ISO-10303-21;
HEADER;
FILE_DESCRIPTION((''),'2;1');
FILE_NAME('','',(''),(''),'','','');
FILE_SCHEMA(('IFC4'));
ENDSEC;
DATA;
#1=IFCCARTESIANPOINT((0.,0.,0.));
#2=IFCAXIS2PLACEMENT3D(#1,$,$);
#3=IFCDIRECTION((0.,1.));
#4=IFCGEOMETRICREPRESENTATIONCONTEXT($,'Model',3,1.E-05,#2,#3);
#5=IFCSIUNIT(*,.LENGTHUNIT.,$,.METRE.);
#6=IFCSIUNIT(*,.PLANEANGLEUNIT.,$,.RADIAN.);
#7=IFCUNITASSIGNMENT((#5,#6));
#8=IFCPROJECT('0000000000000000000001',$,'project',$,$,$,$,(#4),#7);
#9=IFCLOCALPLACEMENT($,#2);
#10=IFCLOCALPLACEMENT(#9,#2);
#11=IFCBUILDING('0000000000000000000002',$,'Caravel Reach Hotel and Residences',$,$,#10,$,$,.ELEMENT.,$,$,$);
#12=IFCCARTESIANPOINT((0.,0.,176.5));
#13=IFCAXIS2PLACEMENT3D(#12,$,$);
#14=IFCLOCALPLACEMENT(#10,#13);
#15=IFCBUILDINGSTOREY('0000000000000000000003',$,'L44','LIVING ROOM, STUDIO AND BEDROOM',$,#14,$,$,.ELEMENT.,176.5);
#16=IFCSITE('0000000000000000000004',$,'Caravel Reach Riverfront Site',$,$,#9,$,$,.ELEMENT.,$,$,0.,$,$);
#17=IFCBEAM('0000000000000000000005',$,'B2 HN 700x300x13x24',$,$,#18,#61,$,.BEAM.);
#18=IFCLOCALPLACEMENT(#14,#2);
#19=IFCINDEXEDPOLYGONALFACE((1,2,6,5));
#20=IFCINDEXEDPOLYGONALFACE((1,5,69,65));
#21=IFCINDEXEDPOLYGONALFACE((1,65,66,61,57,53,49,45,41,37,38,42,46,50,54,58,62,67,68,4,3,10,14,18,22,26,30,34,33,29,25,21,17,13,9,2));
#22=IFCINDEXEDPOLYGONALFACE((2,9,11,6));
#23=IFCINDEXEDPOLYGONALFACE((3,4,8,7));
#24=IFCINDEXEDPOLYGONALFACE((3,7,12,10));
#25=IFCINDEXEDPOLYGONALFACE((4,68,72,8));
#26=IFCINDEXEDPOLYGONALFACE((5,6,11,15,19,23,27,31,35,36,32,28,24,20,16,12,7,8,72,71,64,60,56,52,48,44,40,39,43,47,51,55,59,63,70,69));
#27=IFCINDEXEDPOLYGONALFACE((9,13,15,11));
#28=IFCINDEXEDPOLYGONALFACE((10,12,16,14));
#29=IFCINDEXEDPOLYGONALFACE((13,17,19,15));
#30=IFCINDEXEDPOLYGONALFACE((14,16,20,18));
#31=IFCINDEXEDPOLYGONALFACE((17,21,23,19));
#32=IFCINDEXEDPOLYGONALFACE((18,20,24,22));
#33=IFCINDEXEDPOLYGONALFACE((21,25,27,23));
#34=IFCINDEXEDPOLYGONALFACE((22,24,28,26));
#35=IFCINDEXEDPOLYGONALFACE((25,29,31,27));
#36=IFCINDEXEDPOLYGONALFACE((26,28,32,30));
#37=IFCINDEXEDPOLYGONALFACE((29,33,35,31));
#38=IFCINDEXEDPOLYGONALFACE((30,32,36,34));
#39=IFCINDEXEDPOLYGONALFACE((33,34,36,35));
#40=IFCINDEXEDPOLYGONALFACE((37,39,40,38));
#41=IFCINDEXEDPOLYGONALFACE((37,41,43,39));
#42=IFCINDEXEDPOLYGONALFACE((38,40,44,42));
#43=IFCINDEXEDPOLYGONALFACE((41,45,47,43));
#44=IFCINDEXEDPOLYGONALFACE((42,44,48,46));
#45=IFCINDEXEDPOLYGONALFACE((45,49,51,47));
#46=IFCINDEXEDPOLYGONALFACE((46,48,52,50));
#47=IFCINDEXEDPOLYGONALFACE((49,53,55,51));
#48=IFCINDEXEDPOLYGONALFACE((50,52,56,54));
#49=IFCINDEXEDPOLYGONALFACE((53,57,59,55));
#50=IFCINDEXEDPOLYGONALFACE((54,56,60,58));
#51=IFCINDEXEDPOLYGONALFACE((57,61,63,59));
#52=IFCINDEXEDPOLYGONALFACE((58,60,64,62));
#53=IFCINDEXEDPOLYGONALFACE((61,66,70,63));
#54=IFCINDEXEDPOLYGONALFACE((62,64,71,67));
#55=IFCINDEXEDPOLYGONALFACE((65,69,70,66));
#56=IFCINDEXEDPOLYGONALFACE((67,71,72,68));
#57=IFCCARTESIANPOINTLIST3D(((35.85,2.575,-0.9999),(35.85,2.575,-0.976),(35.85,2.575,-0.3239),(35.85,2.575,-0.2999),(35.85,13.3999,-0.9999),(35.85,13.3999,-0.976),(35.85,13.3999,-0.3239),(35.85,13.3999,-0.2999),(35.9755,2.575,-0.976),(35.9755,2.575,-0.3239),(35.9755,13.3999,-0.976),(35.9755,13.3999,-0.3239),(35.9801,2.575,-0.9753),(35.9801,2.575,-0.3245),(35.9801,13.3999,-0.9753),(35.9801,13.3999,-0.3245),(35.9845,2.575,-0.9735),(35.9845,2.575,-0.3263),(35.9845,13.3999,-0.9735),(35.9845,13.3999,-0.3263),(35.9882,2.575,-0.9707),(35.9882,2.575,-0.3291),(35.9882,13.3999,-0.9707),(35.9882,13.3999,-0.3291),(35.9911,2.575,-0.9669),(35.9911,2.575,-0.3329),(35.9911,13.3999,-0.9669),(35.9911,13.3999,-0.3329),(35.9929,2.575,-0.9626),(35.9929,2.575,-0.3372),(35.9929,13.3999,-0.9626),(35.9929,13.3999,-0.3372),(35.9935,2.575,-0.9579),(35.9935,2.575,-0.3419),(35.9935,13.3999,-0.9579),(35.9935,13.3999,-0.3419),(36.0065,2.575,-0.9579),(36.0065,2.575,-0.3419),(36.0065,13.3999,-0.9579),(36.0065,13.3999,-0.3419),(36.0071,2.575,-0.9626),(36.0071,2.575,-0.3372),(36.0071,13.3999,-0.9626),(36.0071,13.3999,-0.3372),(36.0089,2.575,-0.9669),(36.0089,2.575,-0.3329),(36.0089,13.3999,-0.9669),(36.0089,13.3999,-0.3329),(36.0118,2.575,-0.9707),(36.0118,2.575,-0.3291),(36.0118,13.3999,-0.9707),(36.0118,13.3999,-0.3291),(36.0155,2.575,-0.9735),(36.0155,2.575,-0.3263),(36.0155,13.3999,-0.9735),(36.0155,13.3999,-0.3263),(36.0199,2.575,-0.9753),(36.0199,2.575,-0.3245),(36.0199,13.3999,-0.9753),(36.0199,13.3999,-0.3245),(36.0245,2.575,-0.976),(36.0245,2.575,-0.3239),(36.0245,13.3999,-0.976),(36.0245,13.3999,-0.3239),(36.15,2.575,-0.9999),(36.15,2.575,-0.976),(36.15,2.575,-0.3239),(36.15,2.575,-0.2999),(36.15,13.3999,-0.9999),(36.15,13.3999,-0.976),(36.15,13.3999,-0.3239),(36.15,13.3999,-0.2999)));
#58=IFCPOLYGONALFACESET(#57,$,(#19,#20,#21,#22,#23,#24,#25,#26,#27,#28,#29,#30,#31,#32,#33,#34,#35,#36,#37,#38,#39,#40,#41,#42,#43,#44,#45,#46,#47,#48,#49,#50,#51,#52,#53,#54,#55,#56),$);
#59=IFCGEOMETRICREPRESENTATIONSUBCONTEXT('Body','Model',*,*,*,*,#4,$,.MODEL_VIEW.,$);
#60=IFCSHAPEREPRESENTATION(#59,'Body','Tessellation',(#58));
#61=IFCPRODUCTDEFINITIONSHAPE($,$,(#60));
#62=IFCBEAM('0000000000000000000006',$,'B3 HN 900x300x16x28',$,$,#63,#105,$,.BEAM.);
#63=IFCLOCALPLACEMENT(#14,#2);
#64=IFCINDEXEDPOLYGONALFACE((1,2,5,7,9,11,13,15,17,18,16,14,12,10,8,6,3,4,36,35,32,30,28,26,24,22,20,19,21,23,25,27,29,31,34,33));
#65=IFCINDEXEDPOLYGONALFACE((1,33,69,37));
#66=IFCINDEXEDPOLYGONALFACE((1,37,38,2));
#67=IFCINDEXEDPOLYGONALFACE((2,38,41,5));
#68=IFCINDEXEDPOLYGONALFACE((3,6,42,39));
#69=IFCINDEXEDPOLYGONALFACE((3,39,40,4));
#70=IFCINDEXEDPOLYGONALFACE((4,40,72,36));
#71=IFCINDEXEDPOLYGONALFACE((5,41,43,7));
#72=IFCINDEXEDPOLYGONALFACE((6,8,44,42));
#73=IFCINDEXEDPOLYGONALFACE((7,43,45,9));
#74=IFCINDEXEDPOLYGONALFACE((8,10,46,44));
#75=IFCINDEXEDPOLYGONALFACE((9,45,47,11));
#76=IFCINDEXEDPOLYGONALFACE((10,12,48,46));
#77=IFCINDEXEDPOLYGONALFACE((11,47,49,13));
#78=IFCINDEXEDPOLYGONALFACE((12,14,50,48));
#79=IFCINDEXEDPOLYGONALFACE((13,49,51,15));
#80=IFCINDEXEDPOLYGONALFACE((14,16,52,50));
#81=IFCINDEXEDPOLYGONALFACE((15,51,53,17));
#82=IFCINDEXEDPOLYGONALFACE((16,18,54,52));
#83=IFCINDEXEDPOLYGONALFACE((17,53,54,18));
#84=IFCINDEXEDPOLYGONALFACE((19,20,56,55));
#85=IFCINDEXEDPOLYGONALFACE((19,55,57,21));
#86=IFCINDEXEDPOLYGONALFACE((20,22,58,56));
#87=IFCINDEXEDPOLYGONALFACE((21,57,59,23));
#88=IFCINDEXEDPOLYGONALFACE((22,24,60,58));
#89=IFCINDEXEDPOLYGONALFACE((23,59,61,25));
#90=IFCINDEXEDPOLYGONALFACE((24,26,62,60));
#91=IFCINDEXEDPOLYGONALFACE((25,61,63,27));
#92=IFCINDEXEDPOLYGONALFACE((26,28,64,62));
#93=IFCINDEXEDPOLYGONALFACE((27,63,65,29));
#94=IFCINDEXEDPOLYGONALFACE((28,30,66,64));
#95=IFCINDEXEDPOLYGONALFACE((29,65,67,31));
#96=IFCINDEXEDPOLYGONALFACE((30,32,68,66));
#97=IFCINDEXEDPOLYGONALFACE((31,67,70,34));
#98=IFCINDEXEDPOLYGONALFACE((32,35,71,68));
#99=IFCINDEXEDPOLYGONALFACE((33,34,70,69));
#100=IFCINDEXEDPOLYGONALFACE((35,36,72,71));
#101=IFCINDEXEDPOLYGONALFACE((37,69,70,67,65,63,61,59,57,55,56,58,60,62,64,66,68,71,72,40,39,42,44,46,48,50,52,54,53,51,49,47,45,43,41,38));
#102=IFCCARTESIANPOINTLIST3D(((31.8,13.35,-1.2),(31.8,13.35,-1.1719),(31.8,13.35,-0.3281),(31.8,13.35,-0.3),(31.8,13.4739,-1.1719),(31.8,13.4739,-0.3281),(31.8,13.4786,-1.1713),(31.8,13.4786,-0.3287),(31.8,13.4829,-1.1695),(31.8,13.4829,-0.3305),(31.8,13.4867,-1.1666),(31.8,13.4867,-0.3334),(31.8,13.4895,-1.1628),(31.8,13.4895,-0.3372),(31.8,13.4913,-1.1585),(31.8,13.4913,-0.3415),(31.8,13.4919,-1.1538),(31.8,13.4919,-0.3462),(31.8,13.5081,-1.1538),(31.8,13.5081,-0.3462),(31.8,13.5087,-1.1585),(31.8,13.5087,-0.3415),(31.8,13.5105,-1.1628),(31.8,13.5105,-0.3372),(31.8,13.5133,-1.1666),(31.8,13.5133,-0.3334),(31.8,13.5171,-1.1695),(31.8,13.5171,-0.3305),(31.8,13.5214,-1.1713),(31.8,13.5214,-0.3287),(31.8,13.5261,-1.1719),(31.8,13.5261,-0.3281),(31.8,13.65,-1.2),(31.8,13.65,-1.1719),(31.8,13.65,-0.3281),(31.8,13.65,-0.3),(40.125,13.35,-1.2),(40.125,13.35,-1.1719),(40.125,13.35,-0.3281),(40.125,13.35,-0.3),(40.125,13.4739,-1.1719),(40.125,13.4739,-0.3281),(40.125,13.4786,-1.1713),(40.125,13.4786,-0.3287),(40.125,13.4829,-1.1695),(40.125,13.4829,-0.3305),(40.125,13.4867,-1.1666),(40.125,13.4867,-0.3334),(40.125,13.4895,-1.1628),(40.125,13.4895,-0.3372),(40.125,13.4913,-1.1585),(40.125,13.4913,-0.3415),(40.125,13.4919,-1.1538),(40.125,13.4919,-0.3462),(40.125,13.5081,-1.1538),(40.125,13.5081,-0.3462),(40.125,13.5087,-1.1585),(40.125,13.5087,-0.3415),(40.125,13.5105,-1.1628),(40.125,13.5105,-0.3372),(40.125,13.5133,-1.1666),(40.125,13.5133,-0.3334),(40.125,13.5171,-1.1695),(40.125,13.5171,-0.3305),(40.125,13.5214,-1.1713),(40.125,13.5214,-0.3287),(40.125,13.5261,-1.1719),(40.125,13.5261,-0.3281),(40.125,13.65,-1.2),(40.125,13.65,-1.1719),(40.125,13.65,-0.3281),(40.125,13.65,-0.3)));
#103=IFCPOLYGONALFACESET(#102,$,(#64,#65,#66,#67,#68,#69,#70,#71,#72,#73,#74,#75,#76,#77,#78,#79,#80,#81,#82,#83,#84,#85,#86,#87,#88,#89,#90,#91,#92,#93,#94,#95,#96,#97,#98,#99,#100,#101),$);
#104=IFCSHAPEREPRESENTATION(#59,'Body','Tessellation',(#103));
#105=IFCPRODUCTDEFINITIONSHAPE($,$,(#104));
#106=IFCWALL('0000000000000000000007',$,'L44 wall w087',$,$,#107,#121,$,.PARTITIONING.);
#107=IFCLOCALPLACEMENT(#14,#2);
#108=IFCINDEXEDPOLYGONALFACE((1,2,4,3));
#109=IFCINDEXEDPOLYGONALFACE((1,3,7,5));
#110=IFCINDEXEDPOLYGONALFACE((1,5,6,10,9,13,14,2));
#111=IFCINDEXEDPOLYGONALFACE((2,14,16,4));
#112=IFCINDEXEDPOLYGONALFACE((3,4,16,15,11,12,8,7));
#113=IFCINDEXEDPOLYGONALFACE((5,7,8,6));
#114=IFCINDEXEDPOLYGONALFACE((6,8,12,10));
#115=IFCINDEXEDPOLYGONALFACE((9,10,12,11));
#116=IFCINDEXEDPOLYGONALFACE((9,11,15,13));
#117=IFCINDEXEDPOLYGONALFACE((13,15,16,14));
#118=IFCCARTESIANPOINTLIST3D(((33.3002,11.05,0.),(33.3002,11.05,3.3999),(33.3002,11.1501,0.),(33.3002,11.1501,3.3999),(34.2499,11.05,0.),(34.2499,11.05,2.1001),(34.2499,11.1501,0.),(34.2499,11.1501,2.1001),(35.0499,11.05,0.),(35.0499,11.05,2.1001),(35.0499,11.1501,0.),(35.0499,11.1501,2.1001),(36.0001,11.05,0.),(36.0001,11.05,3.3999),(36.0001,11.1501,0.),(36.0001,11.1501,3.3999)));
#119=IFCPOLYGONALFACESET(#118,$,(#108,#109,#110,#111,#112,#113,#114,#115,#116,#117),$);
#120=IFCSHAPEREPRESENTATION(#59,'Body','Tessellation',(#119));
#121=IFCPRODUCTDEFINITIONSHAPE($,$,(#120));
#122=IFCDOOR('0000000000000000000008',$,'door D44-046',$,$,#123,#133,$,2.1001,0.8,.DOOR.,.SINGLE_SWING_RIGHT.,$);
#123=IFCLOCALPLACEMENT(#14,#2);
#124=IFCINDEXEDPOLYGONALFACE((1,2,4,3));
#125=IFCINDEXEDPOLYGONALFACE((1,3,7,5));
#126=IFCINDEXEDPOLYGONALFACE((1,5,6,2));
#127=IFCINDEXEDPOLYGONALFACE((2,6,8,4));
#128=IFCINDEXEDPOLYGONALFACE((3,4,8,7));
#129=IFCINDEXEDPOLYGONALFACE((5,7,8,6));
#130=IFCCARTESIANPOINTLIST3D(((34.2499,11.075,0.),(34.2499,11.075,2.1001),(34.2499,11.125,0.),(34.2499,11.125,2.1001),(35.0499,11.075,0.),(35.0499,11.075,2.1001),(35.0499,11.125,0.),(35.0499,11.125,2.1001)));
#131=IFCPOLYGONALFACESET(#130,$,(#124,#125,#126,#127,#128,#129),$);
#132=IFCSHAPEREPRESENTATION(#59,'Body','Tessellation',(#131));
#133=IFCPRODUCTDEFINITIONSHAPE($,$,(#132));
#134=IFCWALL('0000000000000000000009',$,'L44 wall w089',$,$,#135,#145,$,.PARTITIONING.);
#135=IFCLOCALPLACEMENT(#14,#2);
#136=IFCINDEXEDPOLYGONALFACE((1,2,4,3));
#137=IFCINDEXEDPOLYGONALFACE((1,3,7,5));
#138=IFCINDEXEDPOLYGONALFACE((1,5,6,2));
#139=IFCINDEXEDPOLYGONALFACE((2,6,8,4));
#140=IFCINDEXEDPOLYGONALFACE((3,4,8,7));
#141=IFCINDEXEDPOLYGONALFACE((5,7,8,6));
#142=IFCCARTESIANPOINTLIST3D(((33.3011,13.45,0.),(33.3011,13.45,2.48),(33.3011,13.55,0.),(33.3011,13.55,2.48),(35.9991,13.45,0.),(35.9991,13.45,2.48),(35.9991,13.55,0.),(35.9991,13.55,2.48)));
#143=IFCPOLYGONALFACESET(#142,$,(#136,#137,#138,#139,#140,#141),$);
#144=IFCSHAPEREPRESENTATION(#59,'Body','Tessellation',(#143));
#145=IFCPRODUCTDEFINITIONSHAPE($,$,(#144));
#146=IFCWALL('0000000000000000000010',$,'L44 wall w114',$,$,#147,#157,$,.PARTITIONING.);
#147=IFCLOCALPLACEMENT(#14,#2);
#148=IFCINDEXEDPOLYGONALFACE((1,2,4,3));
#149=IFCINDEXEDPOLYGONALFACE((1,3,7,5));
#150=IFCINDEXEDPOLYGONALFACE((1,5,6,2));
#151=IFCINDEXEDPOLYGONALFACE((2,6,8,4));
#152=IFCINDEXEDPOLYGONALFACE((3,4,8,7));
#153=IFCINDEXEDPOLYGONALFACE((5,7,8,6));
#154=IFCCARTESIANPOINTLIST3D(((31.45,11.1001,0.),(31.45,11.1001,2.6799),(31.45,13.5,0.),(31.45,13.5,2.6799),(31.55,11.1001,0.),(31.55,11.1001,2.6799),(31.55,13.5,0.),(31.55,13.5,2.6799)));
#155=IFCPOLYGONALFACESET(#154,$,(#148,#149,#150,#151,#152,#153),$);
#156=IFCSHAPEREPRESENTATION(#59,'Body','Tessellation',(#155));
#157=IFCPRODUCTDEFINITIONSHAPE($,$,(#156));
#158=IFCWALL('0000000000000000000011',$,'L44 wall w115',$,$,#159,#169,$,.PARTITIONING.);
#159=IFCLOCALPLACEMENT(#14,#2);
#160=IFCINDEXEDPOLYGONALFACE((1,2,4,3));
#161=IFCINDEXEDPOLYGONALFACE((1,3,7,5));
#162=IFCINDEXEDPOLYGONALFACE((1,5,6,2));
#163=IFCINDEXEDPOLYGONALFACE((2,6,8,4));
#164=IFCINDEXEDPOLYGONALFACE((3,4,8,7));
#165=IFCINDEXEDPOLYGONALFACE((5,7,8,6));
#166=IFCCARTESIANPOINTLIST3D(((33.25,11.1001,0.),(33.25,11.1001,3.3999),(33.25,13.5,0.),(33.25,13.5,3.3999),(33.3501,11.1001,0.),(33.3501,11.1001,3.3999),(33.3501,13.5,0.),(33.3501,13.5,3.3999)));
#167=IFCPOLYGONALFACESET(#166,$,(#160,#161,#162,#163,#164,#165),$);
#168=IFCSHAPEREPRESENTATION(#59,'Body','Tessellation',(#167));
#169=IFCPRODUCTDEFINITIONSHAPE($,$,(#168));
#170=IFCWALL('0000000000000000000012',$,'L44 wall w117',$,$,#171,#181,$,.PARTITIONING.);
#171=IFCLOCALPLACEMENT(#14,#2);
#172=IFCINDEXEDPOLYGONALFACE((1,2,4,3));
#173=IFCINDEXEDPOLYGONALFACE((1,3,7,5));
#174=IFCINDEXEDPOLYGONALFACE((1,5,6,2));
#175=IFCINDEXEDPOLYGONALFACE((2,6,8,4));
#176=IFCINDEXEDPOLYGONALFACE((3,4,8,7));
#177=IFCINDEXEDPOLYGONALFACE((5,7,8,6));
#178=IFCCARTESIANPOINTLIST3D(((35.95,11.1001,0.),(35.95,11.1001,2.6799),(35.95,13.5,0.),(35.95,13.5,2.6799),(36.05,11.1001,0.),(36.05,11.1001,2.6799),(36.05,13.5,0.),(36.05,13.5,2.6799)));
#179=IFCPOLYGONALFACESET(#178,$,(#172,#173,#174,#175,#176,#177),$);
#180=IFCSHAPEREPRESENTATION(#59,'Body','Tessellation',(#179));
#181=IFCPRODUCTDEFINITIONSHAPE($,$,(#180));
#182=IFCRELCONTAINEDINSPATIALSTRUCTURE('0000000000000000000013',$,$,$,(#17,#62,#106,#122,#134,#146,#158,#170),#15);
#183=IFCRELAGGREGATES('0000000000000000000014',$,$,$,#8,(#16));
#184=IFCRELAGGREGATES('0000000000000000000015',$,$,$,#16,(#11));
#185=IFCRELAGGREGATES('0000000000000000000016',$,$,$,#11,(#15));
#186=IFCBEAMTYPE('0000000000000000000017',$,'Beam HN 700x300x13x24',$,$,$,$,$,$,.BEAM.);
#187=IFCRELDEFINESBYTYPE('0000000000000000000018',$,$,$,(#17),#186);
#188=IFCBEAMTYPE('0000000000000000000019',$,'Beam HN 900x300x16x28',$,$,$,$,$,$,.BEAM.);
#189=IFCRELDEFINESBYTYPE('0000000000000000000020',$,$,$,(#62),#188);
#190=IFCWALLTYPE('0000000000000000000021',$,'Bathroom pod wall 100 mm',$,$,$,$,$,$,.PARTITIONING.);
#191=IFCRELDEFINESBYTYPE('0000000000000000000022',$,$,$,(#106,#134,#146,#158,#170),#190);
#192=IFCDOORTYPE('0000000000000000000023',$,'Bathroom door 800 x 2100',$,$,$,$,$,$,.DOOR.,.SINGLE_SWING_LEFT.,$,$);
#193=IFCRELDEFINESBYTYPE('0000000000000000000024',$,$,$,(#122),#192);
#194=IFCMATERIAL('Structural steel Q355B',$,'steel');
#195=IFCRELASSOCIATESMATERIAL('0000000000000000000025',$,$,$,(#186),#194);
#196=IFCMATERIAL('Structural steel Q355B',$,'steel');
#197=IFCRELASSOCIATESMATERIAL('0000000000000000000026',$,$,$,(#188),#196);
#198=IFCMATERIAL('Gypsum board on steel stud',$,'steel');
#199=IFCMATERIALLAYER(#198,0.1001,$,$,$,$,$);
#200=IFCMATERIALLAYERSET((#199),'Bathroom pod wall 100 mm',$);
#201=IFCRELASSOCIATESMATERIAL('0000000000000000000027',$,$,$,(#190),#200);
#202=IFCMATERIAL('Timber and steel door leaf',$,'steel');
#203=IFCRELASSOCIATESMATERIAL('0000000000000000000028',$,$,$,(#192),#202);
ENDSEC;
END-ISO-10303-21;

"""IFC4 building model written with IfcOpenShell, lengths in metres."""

from ifc_helpers import new_model, si_unit, direction, frame, frame_2d, origin, origin_2d, place, context, subcontext, project, spatial, rectangle, i_section, extrude, material, layer, layer_set, material_profile, profile_set, type_object, element, fill, save


model = new_model("IFC4")

# Units and contexts
model_context = context("Model", 3, precision=1e-05, world=origin(), true_north=direction((0.0, 1.0)))
body_context = subcontext(model_context, "Body", "Model", "MODEL_VIEW")
ifc_project = project(units=[si_unit("LENGTHUNIT", "METRE"), si_unit("PLANEANGLEUNIT", "RADIAN")], contexts=[model_context])

# Site, building, storey
site_placement = place(None, origin())
site = spatial("IfcSite", under=ifc_project, at=site_placement, Name="Caravel Reach Riverfront Site", CompositionType="ELEMENT", RefElevation=0.0)
building_placement = place(site_placement, origin())
building = spatial("IfcBuilding", under=site, at=building_placement, Name="Caravel Reach Hotel and Residences", CompositionType="ELEMENT")
storey_placement = place(building_placement, frame((0.0, 0.0, 176.5)))
storey = spatial("IfcBuildingStorey", under=building, at=storey_placement, Name="L44", Description="LIVING ROOM, STUDIO AND BEDROOM", CompositionType="ELEMENT", Elevation=176.5)

# Beams
ifc_material_1 = material(Name="Structural steel Q355B", Category="steel")
ifc_material_profile_1 = material_profile(ifc_material_1, i_section(OverallWidth=0.3, OverallDepth=0.7, WebThickness=0.0129, FlangeThickness=0.0239, FilletRadius=0.0181, at=origin_2d()), Name="HN 700x300x13x24")
ifc_profile_set_1 = profile_set([ifc_material_profile_1], Name="Structural steel Q355B")
beam_type_1 = type_object("IfcBeamType", Name="Beam HN 700x300x13x24", PredefinedType="BEAM", material=ifc_profile_set_1)
beam_1_placement = place(storey_placement, frame((36.0, 13.3999, -0.6499), z_axis=(0.0, -1.0, 0.0), x_axis=(1.0, 0.0, 0.0)))
element("IfcBeam", 1, at=beam_1_placement, inside=storey, type_object=beam_type_1, Name="B2 HN 700x300x13x24", PredefinedType="BEAM", context=body_context, shape_type="SweptSolid", body=[
    extrude(i_section(OverallWidth=0.3, OverallDepth=0.7, WebThickness=0.0129, FlangeThickness=0.0239, FilletRadius=0.0181, at=origin_2d()), origin(), (0.0, 0.0, 1.0), 10.825),
])
ifc_material_2 = material(Name="Structural steel Q355B", Category="steel")
ifc_material_profile_2 = material_profile(ifc_material_2, i_section(OverallWidth=0.3, OverallDepth=0.8999, WebThickness=0.0161, FlangeThickness=0.0281, FilletRadius=0.0181, at=origin_2d()), Name="HN 900x300x16x28")
ifc_profile_set_2 = profile_set([ifc_material_profile_2], Name="Structural steel Q355B")
beam_type_2 = type_object("IfcBeamType", Name="Beam HN 900x300x16x28", PredefinedType="BEAM", material=ifc_profile_set_2)
beam_2_placement = place(storey_placement, frame((31.8, 13.5, -0.75), z_axis=(1.0, 0.0, 0.0), x_axis=(0.0, 1.0, 0.0)))
element("IfcBeam", 2, at=beam_2_placement, inside=storey, type_object=beam_type_2, Name="B3 HN 900x300x16x28", PredefinedType="BEAM", context=body_context, shape_type="SweptSolid", body=[
    extrude(i_section(OverallWidth=0.3, OverallDepth=0.8999, WebThickness=0.0161, FlangeThickness=0.0281, FilletRadius=0.0181, at=origin_2d()), origin(), (0.0, 0.0, 1.0), 8.325),
])

# Wall, opening, door
ifc_material_3 = material(Name="Gypsum board on steel stud", Category="steel")
ifc_layer_1 = layer(ifc_material_3, 0.1001)
ifc_layer_set_1 = layer_set([ifc_layer_1], Name="Bathroom pod wall 100 mm")
wall_type_1 = type_object("IfcWallType", Name="Bathroom pod wall 100 mm", PredefinedType="PARTITIONING", material=ifc_layer_set_1)
wall_1_placement = place(storey_placement, frame((33.3, 11.1001, 0.0), z_axis=(0.0, 0.0, 1.0), x_axis=(1.0, 0.0, 0.0)))
wall_1 = element("IfcWall", 3, at=wall_1_placement, inside=storey, type_object=wall_type_1, Name="L44 wall w087", PredefinedType="PARTITIONING", context=body_context, shape_type="SweptSolid", body=[
    extrude(rectangle(XDim=2.7, YDim=0.1001, at=frame_2d((1.3501, 0.0))), origin(), (0.0, 0.0, 1.0), 3.3999),
])
opening_1_placement = place(wall_1_placement, frame((0.95, 0.0, 0.0)))
opening_1 = element("IfcOpeningElement", 4, at=opening_1_placement, cuts=wall_1, PredefinedType="OPENING", context=body_context, shape_type="SweptSolid", body=[
    extrude(rectangle(XDim=0.8, YDim=2.1001, at=frame_2d((0.3999, 1.05))), frame((0.0, 0.0601, 0.0), z_axis=(0.0, -1.0, 0.0), x_axis=(1.0, 0.0, 0.0)), (0.0, 0.0, 1.0), 0.1201),
])
ifc_material_4 = material(Name="Timber and steel door leaf", Category="steel")
door_type_1 = type_object("IfcDoorType", Name="Bathroom door 800 x 2100", OperationType="SINGLE_SWING_LEFT", PredefinedType="DOOR", material=ifc_material_4)
door_1_placement = place(opening_1_placement, origin())
door_1 = element("IfcDoor", 5, at=door_1_placement, inside=storey, type_object=door_type_1, Name="door D44-046", OperationType="SINGLE_SWING_RIGHT", OverallHeight=2.1001, OverallWidth=0.8, PredefinedType="DOOR", context=body_context, shape_type="SweptSolid", body=[
    extrude(rectangle(XDim=0.8, YDim=2.1001, at=frame_2d((0.3999, 1.05))), frame((0.0, 0.0249, 0.0), z_axis=(0.0, -1.0, 0.0), x_axis=(1.0, 0.0, 0.0)), (0.0, 0.0, 1.0), 0.05),
])
fill(opening_1, door_1)

# Walls
wall_2_placement = place(storey_placement, frame((33.301, 13.5, 0.0), z_axis=(0.0, 0.0, 1.0), x_axis=(1.0, 0.0, 0.0)))
element("IfcWall", 6, at=wall_2_placement, inside=storey, type_object=wall_type_1, Name="L44 wall w089", PredefinedType="PARTITIONING", context=body_context, shape_type="SweptSolid", body=[
    extrude(rectangle(XDim=2.698, YDim=0.1001, at=frame_2d((1.3491, 0.0))), origin(), (0.0, 0.0, 1.0), 2.48),
])
wall_3_placement = place(storey_placement, frame((31.5, 11.1001, 0.0), z_axis=(0.0, 0.0, 1.0), x_axis=(0.0, 1.0, 0.0)))
element("IfcWall", 7, at=wall_3_placement, inside=storey, type_object=wall_type_1, Name="L44 wall w114", PredefinedType="PARTITIONING", context=body_context, shape_type="SweptSolid", body=[
    extrude(rectangle(XDim=2.3999, YDim=0.1001, at=frame_2d((1.2, 0.0))), origin(), (0.0, 0.0, 1.0), 2.6799),
])
wall_4_placement = place(storey_placement, frame((33.3, 11.1001, 0.0), z_axis=(0.0, 0.0, 1.0), x_axis=(0.0, 1.0, 0.0)))
element("IfcWall", 8, at=wall_4_placement, inside=storey, type_object=wall_type_1, Name="L44 wall w115", PredefinedType="PARTITIONING", context=body_context, shape_type="SweptSolid", body=[
    extrude(rectangle(XDim=2.3999, YDim=0.1001, at=frame_2d((1.2, 0.0))), origin(), (0.0, 0.0, 1.0), 3.3999),
])
wall_5_placement = place(storey_placement, frame((36.0, 11.1001, 0.0), z_axis=(0.0, 0.0, 1.0), x_axis=(0.0, 1.0, 0.0)))
element("IfcWall", 9, at=wall_5_placement, inside=storey, type_object=wall_type_1, Name="L44 wall w117", PredefinedType="PARTITIONING", context=body_context, shape_type="SweptSolid", body=[
    extrude(rectangle(XDim=2.3999, YDim=0.1001, at=frame_2d((1.2, 0.0))), origin(), (0.0, 0.0, 1.0), 2.6799),
])

save(model, "model.ifc")
